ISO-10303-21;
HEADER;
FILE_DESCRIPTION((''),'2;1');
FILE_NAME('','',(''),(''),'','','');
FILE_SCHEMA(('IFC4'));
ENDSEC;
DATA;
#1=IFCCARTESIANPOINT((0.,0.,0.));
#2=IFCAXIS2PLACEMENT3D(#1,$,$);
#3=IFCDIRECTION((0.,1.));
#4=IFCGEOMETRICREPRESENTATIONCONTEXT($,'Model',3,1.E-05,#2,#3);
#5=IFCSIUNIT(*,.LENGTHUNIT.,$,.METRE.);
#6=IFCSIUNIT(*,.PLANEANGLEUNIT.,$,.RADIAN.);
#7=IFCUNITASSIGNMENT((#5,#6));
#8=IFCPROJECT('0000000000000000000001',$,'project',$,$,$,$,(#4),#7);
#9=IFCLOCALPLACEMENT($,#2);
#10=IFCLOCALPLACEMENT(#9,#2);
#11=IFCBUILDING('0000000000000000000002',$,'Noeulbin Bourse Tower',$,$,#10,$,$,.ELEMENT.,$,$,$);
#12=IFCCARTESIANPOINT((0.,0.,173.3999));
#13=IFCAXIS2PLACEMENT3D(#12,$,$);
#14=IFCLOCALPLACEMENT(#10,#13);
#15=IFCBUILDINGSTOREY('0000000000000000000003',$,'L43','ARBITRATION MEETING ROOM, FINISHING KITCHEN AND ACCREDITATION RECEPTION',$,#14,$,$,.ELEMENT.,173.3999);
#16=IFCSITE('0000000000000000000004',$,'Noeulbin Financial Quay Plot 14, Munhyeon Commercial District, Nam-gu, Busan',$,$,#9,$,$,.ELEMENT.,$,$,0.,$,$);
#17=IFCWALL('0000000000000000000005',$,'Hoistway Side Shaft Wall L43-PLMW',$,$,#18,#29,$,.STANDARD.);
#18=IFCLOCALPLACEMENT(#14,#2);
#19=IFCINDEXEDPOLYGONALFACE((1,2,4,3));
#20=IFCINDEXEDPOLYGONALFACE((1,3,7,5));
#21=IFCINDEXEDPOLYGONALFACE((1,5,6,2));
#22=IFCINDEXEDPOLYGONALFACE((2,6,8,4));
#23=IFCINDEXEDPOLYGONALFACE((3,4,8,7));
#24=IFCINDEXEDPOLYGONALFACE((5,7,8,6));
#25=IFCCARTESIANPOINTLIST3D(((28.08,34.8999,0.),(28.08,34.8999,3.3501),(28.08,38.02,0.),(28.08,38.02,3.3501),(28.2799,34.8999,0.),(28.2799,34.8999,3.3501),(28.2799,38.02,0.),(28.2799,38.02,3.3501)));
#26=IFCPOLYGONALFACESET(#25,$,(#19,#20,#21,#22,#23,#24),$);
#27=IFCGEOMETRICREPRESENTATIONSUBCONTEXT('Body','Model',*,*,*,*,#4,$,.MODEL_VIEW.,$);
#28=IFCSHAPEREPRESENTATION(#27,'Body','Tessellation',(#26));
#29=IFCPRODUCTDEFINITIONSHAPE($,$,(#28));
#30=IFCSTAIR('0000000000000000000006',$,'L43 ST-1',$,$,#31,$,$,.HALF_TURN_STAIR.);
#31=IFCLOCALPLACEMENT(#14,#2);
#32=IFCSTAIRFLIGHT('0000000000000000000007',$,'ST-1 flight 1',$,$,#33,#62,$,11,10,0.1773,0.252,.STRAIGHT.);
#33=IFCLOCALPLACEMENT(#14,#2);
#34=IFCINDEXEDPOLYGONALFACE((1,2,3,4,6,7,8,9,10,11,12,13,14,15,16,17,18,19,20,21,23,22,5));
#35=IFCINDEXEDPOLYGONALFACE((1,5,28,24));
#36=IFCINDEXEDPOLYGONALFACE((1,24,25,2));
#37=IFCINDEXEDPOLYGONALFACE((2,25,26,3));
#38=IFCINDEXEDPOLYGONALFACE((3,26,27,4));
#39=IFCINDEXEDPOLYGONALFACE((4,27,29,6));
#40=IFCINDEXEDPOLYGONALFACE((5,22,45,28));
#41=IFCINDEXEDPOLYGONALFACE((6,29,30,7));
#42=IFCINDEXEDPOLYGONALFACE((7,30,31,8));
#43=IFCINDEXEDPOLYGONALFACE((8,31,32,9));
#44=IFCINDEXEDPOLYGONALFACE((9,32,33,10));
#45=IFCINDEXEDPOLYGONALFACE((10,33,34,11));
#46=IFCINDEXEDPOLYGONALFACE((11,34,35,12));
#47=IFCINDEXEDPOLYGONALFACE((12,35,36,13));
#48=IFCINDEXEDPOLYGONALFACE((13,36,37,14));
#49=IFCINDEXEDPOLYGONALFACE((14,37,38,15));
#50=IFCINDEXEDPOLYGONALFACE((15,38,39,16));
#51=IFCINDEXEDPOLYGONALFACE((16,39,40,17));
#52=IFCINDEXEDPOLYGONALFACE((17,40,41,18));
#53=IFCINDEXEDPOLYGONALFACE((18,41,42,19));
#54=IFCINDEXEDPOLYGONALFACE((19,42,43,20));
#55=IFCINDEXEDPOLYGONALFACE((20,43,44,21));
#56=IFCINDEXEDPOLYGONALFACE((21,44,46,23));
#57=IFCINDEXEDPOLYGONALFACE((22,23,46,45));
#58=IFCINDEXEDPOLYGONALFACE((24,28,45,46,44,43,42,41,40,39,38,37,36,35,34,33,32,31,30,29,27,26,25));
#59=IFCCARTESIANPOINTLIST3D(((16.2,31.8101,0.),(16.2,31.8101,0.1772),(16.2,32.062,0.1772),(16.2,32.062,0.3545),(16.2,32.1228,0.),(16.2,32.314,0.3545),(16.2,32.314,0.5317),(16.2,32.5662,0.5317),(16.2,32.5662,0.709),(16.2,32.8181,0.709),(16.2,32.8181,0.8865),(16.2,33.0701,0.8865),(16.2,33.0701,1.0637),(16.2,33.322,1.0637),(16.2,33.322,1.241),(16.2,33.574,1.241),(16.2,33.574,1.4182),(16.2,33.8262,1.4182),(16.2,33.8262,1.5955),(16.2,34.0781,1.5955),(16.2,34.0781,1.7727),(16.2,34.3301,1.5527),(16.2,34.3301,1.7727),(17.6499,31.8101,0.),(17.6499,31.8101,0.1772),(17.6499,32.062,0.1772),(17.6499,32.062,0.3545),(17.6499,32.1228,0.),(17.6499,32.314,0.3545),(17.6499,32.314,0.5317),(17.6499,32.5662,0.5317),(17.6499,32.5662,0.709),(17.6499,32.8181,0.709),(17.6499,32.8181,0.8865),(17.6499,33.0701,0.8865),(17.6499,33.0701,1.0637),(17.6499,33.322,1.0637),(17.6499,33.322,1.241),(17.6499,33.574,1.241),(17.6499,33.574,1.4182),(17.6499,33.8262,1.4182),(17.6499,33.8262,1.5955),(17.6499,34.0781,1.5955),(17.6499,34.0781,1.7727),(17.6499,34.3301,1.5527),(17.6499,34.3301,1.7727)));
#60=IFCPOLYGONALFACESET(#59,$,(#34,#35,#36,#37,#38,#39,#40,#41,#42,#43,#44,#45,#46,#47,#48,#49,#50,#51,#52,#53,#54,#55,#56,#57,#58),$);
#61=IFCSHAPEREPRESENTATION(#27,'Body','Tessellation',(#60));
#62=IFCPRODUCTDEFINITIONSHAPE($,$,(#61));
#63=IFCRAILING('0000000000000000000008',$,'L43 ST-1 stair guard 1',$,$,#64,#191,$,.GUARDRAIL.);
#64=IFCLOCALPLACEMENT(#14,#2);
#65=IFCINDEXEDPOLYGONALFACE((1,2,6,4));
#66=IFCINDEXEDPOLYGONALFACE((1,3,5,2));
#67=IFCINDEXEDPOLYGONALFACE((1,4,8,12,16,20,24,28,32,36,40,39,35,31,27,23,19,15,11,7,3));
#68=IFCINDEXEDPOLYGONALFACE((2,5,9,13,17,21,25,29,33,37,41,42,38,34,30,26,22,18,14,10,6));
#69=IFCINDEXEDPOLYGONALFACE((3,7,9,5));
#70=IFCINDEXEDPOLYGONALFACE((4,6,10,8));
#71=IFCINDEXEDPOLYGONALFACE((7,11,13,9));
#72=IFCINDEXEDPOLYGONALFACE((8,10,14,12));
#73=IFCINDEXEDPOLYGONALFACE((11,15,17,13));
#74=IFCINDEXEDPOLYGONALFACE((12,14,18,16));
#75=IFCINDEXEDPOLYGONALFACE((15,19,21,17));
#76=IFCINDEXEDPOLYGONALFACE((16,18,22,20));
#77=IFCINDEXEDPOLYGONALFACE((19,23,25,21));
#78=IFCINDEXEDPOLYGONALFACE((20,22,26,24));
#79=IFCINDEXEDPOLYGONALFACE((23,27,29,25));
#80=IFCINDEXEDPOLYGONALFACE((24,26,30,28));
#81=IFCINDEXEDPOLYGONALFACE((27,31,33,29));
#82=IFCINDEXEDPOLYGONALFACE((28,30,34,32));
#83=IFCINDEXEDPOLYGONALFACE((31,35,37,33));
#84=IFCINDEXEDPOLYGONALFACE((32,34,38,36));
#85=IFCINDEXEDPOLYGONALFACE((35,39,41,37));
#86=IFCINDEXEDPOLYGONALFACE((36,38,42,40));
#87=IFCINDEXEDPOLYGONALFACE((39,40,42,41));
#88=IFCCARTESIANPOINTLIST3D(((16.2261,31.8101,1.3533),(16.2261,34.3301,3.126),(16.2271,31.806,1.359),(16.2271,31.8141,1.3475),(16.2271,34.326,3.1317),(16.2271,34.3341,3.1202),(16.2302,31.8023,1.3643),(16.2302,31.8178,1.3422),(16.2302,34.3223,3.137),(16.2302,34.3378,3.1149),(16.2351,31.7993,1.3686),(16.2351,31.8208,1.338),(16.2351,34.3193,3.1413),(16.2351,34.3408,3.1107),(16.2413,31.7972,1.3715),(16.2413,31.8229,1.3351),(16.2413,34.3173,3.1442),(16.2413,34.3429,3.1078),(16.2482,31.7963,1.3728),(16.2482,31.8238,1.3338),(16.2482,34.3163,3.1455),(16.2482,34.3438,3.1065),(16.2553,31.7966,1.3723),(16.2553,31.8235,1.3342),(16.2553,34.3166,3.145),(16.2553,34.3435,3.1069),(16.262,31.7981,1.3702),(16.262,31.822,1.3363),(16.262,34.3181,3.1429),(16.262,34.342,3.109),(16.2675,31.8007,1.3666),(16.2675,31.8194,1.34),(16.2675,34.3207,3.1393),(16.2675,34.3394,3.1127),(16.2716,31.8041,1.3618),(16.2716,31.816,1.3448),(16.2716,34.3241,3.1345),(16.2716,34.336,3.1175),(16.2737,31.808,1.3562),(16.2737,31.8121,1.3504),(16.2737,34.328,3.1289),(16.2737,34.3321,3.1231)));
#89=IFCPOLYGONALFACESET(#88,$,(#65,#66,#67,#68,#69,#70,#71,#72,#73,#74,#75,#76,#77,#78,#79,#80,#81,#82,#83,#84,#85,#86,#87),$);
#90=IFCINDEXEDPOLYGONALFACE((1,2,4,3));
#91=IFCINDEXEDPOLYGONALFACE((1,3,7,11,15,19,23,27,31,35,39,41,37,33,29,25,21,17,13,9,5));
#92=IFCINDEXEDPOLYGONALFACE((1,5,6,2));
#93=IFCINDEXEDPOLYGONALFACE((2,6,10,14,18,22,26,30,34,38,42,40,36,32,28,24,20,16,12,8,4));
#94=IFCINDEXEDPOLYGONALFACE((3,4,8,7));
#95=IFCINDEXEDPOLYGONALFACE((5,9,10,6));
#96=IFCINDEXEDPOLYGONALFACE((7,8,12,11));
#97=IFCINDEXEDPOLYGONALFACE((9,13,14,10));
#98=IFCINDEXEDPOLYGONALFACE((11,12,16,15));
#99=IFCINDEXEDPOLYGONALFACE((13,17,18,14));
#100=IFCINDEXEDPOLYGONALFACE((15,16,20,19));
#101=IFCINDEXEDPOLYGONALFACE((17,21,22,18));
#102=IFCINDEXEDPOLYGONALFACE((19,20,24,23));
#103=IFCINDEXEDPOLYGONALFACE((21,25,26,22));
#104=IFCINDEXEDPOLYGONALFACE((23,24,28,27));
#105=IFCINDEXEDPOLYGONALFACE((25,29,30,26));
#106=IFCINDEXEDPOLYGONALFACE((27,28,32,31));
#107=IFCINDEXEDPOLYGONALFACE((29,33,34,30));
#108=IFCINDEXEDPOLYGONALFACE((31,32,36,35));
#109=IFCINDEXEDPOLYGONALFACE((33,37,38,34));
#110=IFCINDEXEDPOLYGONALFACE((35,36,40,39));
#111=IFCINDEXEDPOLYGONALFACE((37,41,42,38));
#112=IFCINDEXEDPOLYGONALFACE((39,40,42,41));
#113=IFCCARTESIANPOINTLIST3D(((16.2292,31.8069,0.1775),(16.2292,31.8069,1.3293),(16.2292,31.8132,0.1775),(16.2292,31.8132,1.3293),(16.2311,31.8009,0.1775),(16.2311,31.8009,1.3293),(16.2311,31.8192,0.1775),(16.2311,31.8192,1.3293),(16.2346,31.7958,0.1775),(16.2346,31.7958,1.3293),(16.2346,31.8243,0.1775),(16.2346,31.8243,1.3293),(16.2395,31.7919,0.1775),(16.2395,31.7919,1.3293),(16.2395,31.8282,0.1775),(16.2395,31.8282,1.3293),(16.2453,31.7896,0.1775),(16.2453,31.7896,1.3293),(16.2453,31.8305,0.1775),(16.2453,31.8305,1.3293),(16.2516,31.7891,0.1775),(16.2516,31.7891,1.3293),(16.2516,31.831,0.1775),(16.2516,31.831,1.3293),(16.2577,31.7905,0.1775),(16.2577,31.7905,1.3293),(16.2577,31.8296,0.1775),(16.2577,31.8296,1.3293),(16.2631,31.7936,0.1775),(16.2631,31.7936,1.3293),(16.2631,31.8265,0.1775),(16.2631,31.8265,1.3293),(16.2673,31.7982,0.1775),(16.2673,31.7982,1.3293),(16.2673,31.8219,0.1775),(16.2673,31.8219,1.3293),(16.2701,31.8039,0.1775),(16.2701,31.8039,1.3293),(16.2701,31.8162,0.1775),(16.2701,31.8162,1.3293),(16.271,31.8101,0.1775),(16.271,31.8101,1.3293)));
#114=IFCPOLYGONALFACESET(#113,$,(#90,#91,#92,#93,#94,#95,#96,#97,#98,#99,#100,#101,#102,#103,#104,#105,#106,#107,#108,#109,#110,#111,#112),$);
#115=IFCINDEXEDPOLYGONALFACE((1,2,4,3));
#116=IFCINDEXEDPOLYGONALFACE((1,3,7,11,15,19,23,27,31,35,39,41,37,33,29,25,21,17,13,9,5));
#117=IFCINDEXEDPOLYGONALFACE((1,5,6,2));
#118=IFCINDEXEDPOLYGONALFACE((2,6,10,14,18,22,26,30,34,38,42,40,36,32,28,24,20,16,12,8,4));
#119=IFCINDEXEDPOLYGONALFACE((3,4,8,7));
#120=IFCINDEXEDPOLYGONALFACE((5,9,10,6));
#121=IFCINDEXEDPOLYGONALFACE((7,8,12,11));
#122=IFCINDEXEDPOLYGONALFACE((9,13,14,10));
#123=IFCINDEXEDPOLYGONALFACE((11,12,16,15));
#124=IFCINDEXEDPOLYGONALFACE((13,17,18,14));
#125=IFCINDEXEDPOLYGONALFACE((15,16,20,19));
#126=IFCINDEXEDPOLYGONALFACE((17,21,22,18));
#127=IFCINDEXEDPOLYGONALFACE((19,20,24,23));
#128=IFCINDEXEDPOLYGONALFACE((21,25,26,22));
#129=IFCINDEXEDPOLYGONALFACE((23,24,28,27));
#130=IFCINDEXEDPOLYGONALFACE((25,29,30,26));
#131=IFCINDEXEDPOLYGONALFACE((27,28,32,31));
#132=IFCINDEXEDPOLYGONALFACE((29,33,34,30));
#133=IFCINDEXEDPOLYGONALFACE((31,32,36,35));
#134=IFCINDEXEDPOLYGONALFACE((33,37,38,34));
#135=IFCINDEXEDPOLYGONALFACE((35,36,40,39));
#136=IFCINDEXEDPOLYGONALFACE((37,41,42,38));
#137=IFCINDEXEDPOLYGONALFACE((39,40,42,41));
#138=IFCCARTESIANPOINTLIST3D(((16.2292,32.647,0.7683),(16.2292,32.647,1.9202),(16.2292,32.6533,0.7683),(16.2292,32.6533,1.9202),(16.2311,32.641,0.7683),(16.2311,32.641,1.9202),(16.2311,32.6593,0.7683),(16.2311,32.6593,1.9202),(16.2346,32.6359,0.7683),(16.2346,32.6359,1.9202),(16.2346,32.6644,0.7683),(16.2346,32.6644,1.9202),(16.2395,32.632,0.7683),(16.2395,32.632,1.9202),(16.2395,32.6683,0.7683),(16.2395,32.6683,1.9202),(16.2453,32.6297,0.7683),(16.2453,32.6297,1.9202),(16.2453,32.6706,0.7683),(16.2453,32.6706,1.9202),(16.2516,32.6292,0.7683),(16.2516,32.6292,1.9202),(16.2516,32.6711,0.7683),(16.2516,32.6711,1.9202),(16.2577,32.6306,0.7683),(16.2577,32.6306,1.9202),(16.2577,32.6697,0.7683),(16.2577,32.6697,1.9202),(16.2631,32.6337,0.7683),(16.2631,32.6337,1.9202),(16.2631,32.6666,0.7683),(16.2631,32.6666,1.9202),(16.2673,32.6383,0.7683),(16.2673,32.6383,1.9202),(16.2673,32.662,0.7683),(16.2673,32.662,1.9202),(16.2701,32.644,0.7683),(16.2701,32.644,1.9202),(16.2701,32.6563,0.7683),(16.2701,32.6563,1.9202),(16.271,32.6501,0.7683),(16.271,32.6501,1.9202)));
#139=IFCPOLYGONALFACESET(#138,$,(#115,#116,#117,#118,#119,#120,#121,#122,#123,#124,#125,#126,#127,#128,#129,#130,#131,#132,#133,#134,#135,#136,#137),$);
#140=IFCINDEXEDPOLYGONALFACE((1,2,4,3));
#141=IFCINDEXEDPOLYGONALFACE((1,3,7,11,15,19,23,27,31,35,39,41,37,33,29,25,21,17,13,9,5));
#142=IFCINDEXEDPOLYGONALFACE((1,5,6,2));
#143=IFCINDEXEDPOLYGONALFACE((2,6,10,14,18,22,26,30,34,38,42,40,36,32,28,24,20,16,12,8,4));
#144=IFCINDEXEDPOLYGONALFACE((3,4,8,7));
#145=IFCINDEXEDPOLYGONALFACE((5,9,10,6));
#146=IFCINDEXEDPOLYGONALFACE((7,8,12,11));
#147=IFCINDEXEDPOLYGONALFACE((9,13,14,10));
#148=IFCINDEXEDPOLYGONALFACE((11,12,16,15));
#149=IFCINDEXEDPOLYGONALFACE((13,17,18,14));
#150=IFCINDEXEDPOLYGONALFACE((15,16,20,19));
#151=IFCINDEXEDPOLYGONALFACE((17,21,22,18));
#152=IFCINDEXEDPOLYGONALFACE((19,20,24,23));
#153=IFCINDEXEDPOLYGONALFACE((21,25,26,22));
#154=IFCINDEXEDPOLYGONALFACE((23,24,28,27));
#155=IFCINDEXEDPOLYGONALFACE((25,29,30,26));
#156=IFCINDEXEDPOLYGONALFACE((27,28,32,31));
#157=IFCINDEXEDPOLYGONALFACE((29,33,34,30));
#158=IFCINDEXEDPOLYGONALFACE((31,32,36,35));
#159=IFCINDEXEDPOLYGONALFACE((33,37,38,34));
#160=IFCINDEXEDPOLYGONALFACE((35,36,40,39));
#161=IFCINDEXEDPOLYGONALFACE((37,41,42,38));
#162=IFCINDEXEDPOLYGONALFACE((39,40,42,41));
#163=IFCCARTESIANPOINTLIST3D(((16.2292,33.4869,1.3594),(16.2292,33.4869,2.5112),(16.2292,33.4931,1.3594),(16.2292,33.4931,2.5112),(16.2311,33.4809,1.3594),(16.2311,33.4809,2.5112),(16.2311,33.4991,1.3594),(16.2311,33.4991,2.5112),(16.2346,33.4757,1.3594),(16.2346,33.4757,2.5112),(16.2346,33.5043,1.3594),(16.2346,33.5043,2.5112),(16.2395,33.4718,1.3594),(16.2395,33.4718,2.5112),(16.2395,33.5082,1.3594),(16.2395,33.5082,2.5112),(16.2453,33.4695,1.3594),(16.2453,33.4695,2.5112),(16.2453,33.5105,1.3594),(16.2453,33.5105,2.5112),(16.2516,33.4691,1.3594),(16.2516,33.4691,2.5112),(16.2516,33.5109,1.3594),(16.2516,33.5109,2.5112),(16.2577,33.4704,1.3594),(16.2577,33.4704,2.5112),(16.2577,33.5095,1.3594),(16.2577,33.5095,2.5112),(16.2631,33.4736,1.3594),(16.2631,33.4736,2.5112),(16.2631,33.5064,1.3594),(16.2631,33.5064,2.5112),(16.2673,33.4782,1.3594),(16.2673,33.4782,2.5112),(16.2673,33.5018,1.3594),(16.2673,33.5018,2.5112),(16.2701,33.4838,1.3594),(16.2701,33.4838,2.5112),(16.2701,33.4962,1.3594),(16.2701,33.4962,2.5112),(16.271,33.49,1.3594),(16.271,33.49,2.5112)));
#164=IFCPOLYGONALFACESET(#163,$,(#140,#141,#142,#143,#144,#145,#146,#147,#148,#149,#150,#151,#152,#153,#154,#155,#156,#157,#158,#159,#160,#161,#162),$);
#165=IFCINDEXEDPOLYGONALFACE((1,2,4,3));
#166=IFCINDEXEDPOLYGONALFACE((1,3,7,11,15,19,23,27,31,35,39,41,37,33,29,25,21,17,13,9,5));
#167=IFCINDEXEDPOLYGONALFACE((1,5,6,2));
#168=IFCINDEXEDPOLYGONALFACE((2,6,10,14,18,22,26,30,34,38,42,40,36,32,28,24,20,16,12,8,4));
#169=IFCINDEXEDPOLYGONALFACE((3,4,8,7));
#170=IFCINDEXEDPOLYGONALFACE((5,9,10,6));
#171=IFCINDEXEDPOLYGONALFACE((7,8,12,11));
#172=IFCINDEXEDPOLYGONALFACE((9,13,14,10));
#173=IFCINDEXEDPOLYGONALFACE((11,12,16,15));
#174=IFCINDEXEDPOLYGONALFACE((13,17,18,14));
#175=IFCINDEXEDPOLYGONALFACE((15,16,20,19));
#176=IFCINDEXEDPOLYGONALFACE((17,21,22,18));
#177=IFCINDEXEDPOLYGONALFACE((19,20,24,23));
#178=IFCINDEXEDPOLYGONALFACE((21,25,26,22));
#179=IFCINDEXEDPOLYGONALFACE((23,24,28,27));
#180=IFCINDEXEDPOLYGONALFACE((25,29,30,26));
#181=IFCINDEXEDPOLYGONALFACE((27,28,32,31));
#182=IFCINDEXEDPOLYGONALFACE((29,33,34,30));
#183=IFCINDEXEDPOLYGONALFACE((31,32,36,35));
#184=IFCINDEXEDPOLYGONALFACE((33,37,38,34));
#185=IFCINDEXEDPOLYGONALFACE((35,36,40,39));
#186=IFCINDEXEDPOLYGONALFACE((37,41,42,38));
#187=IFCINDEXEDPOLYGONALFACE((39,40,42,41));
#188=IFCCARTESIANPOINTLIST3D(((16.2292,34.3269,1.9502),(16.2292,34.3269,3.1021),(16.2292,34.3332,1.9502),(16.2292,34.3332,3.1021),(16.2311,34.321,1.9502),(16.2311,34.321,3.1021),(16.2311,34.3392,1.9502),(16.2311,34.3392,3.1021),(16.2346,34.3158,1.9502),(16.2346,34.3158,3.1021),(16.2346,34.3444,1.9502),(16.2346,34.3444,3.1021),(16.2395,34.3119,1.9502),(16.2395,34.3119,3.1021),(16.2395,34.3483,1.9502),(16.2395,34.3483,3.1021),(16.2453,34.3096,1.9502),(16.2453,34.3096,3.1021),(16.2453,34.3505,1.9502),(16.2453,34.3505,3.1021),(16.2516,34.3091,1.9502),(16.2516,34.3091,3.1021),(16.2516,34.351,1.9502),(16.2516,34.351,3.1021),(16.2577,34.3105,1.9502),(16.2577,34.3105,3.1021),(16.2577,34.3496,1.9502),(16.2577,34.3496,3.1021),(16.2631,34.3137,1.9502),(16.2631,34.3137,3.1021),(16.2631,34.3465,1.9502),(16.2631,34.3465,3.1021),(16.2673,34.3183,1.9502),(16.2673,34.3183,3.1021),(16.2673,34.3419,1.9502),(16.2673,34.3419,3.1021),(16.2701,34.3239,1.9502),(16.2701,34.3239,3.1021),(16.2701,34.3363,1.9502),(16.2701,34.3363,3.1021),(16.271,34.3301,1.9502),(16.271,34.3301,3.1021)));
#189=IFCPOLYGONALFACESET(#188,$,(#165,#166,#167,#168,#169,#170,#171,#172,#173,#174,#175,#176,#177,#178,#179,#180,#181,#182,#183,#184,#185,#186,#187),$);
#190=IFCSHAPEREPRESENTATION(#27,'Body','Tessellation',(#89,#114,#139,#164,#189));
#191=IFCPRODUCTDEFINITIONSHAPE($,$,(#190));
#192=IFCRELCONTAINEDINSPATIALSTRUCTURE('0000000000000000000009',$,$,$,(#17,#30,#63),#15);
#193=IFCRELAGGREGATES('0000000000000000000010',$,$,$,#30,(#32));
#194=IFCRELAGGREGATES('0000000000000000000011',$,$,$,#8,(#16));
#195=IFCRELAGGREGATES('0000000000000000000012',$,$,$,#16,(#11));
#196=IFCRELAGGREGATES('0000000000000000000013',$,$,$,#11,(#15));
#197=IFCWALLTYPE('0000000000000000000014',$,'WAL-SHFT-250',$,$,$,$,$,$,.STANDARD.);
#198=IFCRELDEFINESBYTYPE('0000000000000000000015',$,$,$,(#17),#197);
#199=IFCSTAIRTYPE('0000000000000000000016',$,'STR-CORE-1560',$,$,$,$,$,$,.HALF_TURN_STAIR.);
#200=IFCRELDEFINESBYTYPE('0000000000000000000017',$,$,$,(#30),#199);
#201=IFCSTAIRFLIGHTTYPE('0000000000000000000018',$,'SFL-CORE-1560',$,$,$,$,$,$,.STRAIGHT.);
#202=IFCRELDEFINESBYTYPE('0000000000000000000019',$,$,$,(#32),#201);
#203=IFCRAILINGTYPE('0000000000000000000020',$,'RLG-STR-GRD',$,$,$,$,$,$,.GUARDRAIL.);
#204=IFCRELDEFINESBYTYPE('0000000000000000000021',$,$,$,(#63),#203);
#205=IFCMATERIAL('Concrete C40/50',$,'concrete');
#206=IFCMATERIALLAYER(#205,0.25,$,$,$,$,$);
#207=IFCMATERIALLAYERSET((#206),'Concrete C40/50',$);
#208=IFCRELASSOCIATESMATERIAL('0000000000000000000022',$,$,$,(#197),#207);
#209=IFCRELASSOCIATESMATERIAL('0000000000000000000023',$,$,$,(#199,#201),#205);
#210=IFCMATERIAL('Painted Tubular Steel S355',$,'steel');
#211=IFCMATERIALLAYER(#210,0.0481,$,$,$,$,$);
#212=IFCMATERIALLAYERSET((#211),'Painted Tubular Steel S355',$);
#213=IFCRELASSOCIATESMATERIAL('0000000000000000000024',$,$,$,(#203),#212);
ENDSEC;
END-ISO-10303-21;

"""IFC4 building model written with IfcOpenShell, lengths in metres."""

from ifc_helpers import new_model, si_unit, direction, frame, frame_2d, origin, origin_2d, place, context, subcontext, project, spatial, polyline, rectangle, circle, outline, extrude, material, layer, layer_set, type_object, element, aggregate, save


model = new_model("IFC4")

# Units and contexts
model_context = context("Model", 3, precision=1e-05, world=origin(), true_north=direction((0.0, 1.0)))
body_context = subcontext(model_context, "Body", "Model", "MODEL_VIEW")
ifc_project = project(units=[si_unit("LENGTHUNIT", "METRE"), si_unit("PLANEANGLEUNIT", "RADIAN")], contexts=[model_context])

# Site, building, storey
site_placement = place(None, origin())
site = spatial("IfcSite", under=ifc_project, at=site_placement, Name="Noeulbin Financial Quay Plot 14, Munhyeon Commercial District, Nam-gu, Busan", CompositionType="ELEMENT", RefElevation=0.0)
building_placement = place(site_placement, origin())
building = spatial("IfcBuilding", under=site, at=building_placement, Name="Noeulbin Bourse Tower", CompositionType="ELEMENT")
storey_placement = place(building_placement, frame((0.0, 0.0, 173.3999)))
storey = spatial("IfcBuildingStorey", under=building, at=storey_placement, Name="L43", Description="ARBITRATION MEETING ROOM, FINISHING KITCHEN AND ACCREDITATION RECEPTION", CompositionType="ELEMENT", Elevation=173.3999)

# Shared definitions
ifc_material_1 = material(Name="Concrete C40/50", Category="concrete")

# Shared definitions
ifc_layer_1 = layer(ifc_material_1, 0.25)
ifc_layer_set_1 = layer_set([ifc_layer_1], Name="Concrete C40/50")
wall_type_1 = type_object("IfcWallType", Name="WAL-SHFT-250", PredefinedType="STANDARD", material=ifc_layer_set_1)

# Wall
wall_1_placement = place(storey_placement, frame((28.1799, 34.8999, 0.0), z_axis=(0.0, 0.0, 1.0), x_axis=(0.0, 1.0, 0.0)))
element("IfcWall", 1, at=wall_1_placement, inside=storey, type_object=wall_type_1, Name="Hoistway Side Shaft Wall L43-PLMW", PredefinedType="STANDARD", context=body_context, shape_type="SweptSolid", body=[
    extrude(rectangle(XDim=3.1201, YDim=0.2, at=frame_2d((1.5601, 0.0))), origin(), (0.0, 0.0, 1.0), 3.3501),
])

# Stair, stair flight
stair_type = type_object("IfcStairType", Name="STR-CORE-1560", PredefinedType="HALF_TURN_STAIR", material=ifc_material_1)
stair_placement = place(storey_placement, origin())
stair = element("IfcStair", 2, at=stair_placement, inside=storey, type_object=stair_type, Name="L43 ST-1", PredefinedType="HALF_TURN_STAIR")
stair_flight_type = type_object("IfcStairFlightType", Name="SFL-CORE-1560", PredefinedType="STRAIGHT", material=ifc_material_1)
stair_flight_placement = place(storey_placement, frame((16.925, 31.8101, 0.0), z_axis=(0.0, 0.0, 1.0), x_axis=(0.0, 1.0, 0.0)))
stair_flight = element("IfcStairFlight", 3, at=stair_flight_placement, type_object=stair_flight_type, Name="ST-1 flight 1", NumberOfRisers=11, NumberOfTreads=10, PredefinedType="STRAIGHT", RiserHeight=0.1773, TreadLength=0.252, context=body_context, shape_type="SweptSolid", body=[
    extrude(outline(polyline([(0.0, 0.0), (0.0, 0.1772), (0.252, 0.1772), (0.252, 0.3545), (0.5039, 0.3545), (0.5039, 0.5317), (0.7561, 0.5317), (0.7561, 0.709), (1.0081, 0.709), (1.0081, 0.8865), (1.26, 0.8865), (1.26, 1.0637), (1.512, 1.0637), (1.512, 1.241), (1.7639, 1.241), (1.7639, 1.4182), (2.0161, 1.4182), (2.0161, 1.5955), (2.2681, 1.5955), (2.2681, 1.7727), (2.52, 1.7727), (2.52, 1.95), (2.52, 1.5527), (0.3127, 0.0), (0.0, 0.0)])), frame((0.0, 0.7251, 0.0), z_axis=(0.0, -1.0, 0.0), x_axis=(1.0, 0.0, 0.0)), (0.0, 0.0, 1.0), 1.45),
])
aggregate(stair, [stair_flight])

# Railing
ifc_material_2 = material(Name="Painted Tubular Steel S355", Category="steel")
ifc_layer_2 = layer(ifc_material_2, 0.0481)
ifc_layer_set_2 = layer_set([ifc_layer_2], Name="Painted Tubular Steel S355")
railing_type_1 = type_object("IfcRailingType", Name="RLG-STR-GRD", PredefinedType="GUARDRAIL", material=ifc_layer_set_2)
railing_1_placement = place(storey_placement, frame((16.25, 31.8101, 0.1775)))
element("IfcRailing", 4, at=railing_1_placement, inside=storey, type_object=railing_type_1, Name="L43 ST-1 stair guard 1", PredefinedType="GUARDRAIL", context=body_context, shape_type="SweptSolid", body=[
    extrude(circle(Radius=0.0239, at=origin_2d()), frame((0.0, 0.0, 1.1758), z_axis=(0.0, 0.817904, 0.575354), x_axis=(-1.0, 0.0, 0.0)), (0.0, 0.0, 1.0), 3.0811),
    extrude(circle(Radius=0.021, at=origin_2d()), origin(), (0.0, 0.0, 1.0), 1.1519),
    extrude(circle(Radius=0.021, at=origin_2d()), frame((0.0, 0.8401, 0.5908)), (0.0, 0.0, 1.0), 1.1519),
    extrude(circle(Radius=0.021, at=origin_2d()), frame((0.0, 1.6799, 1.1819)), (0.0, 0.0, 1.0), 1.1519),
    extrude(circle(Radius=0.021, at=origin_2d()), frame((0.0, 2.52, 1.7727)), (0.0, 0.0, 1.0), 1.1519),
])

save(model, "model.ifc")
